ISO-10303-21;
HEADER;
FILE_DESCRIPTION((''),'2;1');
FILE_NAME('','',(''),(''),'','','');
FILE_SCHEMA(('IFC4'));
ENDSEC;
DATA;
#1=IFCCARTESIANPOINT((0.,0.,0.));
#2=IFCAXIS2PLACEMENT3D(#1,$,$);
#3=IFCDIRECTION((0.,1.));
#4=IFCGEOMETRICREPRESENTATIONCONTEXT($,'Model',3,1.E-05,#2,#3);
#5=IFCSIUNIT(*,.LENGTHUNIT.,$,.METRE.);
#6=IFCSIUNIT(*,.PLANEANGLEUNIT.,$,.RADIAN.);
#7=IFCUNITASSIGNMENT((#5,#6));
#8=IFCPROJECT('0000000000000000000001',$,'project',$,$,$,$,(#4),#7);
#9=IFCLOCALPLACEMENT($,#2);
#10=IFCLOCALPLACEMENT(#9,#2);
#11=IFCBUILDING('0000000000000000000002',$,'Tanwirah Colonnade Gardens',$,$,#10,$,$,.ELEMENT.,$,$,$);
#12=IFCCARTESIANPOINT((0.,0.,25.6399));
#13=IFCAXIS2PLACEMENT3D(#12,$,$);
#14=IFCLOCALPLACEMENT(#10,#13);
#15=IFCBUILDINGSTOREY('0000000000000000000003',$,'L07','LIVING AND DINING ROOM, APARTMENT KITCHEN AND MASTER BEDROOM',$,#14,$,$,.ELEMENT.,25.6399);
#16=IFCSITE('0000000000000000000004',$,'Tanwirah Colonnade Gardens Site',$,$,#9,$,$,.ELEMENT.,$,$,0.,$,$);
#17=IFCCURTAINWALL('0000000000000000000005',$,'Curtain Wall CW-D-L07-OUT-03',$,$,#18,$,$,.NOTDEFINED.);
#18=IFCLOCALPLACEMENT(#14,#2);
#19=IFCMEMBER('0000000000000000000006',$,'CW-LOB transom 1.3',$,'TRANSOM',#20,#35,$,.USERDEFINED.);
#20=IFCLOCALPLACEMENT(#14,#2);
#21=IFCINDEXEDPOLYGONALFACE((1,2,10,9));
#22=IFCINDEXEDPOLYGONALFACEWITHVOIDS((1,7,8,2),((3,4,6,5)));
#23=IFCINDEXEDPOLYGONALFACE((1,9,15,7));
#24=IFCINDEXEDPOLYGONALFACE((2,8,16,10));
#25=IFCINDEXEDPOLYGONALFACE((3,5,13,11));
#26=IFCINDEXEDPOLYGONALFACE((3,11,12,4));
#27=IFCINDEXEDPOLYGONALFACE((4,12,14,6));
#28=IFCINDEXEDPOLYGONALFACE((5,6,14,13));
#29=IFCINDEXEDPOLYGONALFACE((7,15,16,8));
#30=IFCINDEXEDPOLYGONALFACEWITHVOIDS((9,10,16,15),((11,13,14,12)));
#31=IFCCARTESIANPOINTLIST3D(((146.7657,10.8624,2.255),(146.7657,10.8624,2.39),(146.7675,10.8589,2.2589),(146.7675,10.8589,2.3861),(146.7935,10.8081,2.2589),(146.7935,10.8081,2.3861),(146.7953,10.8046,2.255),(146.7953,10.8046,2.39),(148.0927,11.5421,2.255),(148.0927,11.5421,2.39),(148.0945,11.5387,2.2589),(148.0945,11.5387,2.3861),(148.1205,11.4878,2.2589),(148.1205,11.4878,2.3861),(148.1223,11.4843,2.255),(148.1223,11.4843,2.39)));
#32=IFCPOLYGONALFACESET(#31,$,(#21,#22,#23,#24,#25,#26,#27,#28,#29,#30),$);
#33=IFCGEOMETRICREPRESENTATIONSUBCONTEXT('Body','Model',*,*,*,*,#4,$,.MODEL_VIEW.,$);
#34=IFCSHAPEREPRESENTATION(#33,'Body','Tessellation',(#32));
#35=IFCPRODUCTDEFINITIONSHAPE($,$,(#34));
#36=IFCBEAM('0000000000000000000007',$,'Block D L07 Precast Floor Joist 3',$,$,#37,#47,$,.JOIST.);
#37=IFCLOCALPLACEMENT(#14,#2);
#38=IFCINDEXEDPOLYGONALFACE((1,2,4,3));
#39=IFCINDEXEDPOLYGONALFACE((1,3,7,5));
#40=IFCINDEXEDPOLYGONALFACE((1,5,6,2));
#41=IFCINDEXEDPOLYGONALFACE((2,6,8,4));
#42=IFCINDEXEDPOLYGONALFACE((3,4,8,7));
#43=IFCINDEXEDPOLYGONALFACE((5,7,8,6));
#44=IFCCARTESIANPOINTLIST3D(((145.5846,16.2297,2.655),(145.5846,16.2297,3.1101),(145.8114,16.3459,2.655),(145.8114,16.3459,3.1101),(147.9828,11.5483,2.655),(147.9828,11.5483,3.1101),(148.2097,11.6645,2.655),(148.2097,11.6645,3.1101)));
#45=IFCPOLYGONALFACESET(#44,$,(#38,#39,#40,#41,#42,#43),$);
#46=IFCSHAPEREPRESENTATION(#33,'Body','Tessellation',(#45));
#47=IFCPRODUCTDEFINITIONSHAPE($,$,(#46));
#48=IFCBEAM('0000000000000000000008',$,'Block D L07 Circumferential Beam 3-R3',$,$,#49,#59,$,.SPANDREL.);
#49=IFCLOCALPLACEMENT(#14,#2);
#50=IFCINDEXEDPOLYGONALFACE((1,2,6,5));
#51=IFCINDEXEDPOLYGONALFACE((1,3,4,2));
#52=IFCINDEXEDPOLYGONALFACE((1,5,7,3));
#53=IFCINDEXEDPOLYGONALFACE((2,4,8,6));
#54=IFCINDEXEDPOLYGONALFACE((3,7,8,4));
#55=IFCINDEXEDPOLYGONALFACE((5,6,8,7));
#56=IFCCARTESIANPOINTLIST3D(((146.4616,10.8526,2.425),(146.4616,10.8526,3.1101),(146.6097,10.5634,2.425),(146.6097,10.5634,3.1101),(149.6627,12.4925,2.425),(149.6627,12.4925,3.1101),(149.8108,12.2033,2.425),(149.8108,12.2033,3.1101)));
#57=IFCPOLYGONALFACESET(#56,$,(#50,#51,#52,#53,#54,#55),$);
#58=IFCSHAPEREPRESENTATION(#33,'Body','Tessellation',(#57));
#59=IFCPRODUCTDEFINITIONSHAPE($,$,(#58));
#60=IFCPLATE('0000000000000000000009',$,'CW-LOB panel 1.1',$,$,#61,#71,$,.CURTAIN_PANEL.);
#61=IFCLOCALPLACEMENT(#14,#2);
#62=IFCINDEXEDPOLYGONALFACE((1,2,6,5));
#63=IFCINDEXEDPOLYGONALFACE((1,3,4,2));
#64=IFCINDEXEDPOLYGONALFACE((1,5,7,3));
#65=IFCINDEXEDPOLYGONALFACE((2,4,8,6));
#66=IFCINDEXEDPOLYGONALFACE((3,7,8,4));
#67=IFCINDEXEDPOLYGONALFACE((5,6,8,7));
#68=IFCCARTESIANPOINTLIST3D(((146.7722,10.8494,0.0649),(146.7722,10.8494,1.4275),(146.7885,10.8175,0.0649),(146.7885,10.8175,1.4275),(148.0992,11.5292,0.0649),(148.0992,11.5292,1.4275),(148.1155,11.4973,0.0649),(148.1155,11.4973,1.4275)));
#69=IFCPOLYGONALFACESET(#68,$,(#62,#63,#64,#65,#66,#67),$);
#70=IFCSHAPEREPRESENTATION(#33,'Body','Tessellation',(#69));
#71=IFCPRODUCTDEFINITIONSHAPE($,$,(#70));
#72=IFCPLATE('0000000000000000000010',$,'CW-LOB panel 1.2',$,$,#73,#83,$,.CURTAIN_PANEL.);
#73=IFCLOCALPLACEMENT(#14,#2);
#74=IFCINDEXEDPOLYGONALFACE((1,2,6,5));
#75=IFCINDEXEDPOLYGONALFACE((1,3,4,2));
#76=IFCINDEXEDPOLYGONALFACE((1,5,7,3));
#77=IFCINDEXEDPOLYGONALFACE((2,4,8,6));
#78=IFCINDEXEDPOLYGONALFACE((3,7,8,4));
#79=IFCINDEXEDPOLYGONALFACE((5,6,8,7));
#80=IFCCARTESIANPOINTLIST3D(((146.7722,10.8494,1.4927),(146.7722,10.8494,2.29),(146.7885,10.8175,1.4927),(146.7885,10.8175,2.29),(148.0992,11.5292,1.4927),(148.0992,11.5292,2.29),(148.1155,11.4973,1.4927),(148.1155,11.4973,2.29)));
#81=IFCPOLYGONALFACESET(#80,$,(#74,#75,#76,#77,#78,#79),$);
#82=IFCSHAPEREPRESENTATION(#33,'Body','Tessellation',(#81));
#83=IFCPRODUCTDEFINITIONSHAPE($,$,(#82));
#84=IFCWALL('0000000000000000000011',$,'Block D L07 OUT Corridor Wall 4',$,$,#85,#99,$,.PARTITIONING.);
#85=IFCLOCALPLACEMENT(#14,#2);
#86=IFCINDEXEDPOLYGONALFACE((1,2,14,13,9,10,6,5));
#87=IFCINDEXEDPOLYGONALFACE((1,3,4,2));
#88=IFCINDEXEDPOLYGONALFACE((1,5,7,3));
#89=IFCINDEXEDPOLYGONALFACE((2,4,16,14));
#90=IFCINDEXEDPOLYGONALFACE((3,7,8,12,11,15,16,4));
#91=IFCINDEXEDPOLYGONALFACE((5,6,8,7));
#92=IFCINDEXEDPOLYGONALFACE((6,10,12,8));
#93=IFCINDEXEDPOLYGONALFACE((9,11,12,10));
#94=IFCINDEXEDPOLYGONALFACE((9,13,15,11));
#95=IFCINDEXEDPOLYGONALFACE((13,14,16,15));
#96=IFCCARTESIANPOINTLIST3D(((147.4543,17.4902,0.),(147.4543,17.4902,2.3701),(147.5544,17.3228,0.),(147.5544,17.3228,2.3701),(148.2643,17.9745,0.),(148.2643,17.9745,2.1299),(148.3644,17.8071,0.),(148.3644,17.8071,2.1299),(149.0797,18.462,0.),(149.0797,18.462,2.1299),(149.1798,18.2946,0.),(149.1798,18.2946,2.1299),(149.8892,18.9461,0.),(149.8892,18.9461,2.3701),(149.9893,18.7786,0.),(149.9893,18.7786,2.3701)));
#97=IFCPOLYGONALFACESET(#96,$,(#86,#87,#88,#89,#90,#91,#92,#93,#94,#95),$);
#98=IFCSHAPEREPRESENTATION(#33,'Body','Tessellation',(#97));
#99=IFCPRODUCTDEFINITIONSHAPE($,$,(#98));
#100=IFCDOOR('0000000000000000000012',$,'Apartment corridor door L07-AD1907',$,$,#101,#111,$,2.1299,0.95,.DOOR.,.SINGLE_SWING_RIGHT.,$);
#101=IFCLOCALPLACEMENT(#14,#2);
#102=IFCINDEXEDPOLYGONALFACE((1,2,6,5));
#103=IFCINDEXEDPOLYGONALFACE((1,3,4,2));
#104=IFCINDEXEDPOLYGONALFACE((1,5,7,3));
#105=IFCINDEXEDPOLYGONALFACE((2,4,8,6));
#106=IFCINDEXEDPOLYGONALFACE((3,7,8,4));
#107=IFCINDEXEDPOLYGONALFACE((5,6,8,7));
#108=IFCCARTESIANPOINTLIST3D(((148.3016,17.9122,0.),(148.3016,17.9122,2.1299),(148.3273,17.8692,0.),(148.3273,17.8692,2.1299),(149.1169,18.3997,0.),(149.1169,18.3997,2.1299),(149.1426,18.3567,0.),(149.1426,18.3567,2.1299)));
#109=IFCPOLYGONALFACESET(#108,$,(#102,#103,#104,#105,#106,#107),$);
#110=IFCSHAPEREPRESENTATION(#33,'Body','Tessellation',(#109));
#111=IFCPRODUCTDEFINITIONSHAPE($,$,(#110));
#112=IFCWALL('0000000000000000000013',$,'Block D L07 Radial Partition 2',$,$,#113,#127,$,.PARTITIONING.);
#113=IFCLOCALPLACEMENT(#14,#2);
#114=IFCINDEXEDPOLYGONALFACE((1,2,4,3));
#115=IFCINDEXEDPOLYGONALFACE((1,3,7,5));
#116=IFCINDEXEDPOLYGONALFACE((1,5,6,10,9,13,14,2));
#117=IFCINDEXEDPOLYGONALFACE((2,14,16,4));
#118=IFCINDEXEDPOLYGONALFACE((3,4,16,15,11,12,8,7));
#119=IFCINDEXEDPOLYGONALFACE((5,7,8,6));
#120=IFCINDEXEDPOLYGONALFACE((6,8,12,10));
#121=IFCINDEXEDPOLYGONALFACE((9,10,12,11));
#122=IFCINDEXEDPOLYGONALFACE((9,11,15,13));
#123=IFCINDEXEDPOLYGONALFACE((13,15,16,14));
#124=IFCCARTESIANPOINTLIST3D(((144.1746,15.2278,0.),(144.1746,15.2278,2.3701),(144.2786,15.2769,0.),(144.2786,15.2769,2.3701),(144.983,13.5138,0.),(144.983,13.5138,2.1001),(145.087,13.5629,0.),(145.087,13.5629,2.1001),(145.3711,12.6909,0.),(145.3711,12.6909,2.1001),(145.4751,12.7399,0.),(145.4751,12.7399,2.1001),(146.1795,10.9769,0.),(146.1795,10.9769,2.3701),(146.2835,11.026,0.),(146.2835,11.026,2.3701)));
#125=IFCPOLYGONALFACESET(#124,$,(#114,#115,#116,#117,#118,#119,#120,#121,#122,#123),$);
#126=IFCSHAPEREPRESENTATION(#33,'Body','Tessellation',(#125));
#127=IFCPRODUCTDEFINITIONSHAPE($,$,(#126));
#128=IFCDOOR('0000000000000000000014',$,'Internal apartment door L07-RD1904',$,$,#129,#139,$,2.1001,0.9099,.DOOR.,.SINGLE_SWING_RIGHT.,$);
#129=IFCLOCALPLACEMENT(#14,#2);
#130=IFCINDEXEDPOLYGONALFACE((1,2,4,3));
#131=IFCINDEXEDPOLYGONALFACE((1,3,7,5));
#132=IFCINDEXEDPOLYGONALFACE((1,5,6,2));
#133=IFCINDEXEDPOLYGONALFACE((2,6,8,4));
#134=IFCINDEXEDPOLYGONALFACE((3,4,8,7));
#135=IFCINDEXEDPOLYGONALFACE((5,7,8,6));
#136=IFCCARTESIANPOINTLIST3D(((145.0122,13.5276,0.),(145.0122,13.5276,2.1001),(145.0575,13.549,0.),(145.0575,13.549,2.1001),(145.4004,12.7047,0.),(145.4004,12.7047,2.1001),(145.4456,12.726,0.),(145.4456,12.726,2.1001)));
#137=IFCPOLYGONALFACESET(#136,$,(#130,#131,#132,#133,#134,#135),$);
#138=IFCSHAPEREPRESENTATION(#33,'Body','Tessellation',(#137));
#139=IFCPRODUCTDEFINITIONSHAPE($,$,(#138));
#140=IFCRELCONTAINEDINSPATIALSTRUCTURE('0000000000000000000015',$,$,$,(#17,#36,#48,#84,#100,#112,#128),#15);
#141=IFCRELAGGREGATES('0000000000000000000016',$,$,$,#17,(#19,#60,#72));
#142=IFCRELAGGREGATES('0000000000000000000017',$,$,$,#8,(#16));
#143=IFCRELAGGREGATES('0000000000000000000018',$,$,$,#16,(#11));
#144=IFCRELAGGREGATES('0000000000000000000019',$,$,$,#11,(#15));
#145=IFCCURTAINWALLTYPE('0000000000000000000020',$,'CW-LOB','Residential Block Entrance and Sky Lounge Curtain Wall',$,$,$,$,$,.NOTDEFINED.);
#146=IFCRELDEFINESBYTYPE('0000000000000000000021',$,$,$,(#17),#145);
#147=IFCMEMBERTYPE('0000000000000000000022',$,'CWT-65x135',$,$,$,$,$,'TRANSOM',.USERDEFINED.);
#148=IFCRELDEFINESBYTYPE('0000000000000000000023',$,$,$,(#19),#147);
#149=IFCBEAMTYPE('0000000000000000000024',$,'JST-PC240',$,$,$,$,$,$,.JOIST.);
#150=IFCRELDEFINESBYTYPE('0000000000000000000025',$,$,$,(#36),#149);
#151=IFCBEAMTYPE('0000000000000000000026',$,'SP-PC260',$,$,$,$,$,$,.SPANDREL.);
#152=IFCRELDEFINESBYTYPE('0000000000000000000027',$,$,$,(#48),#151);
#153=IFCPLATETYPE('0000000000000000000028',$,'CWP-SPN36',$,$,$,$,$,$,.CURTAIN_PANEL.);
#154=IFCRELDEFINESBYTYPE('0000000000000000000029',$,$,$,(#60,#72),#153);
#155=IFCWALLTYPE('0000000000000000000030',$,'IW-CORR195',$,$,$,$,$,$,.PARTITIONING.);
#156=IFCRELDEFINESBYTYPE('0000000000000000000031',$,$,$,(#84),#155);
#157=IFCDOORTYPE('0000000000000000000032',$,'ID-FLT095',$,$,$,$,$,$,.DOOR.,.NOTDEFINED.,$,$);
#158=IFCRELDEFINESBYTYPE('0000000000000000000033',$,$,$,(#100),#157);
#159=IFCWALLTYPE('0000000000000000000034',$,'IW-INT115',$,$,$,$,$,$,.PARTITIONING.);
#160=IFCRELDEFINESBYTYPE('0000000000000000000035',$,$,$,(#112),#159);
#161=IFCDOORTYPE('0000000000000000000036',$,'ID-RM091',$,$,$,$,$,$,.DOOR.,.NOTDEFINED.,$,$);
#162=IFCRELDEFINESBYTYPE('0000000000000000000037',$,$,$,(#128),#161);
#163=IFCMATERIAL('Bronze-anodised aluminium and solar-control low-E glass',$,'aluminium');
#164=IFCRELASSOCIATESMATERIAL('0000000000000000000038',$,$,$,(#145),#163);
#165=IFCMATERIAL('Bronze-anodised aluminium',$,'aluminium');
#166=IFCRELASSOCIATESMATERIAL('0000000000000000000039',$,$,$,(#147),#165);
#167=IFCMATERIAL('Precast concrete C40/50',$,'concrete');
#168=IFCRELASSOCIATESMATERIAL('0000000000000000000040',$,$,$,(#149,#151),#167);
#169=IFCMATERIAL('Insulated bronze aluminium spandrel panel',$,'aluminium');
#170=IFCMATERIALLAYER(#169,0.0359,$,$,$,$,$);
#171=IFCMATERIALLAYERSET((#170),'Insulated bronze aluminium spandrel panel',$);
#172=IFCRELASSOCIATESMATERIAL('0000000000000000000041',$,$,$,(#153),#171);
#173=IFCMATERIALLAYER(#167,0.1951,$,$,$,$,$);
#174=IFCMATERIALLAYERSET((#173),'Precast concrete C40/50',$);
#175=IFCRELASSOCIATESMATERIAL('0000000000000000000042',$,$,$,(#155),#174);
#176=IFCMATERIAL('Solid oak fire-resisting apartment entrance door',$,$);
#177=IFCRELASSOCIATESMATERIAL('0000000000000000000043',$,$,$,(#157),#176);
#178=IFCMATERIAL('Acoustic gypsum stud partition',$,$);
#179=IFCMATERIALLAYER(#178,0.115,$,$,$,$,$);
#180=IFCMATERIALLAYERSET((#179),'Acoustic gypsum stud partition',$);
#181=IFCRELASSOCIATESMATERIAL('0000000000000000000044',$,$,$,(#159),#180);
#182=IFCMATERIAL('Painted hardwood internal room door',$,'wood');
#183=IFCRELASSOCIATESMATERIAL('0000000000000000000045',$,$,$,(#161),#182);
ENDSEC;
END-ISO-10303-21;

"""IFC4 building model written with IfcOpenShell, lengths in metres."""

from ifc_helpers import new_model, si_unit, direction, frame, frame_2d, origin, origin_2d, place, context, subcontext, project, spatial, rectangle, hollow_rectangle, extrude, material, layer, layer_set, material_profile, profile_set, type_object, element, fill, aggregate, save


model = new_model("IFC4")

# Units and contexts
model_context = context("Model", 3, precision=1e-05, world=origin(), true_north=direction((0.0, 1.0)))
body_context = subcontext(model_context, "Body", "Model", "MODEL_VIEW")
ifc_project = project(units=[si_unit("LENGTHUNIT", "METRE"), si_unit("PLANEANGLEUNIT", "RADIAN")], contexts=[model_context])

# Site, building, storey
site_placement = place(None, origin())
site = spatial("IfcSite", under=ifc_project, at=site_placement, Name="Tanwirah Colonnade Gardens Site", CompositionType="ELEMENT", RefElevation=0.0)
building_placement = place(site_placement, origin())
building = spatial("IfcBuilding", under=site, at=building_placement, Name="Tanwirah Colonnade Gardens", CompositionType="ELEMENT")
storey_placement = place(building_placement, frame((0.0, 0.0, 25.6399)))
storey = spatial("IfcBuildingStorey", under=building, at=storey_placement, Name="L07", Description="LIVING AND DINING ROOM, APARTMENT KITCHEN AND MASTER BEDROOM", CompositionType="ELEMENT", Elevation=25.6399)

# Shared definitions
ifc_material_1 = material(Name="Precast concrete C40/50", Category="concrete")

# Curtain wall, member
ifc_material_2 = material(Name="Bronze-anodised aluminium and solar-control low-E glass", Category="aluminium")
curtain_wall_type = type_object("IfcCurtainWallType", Name="CW-LOB", Description="Residential Block Entrance and Sky Lounge Curtain Wall", PredefinedType="NOTDEFINED", material=ifc_material_2)
curtain_wall_placement = place(storey_placement, origin())
curtain_wall = element("IfcCurtainWall", 1, at=curtain_wall_placement, inside=storey, type_object=curtain_wall_type, Name="Curtain Wall CW-D-L07-OUT-03", PredefinedType="NOTDEFINED")
ifc_material_3 = material(Name="Bronze-anodised aluminium", Category="aluminium")
ifc_material_profile_1 = material_profile(ifc_material_3, hollow_rectangle(XDim=0.0649, YDim=0.135, WallThickness=0.0039, at=origin_2d()), Name="CW-TRN 65x135x4")
ifc_profile_set_1 = profile_set([ifc_material_profile_1], Name="Bronze-anodised aluminium")
member_type_1 = type_object("IfcMemberType", Name="CWT-65x135", ElementType="TRANSOM", PredefinedType="USERDEFINED", material=ifc_profile_set_1)
member_1_placement = place(storey_placement, frame((146.7805, 10.8335, 2.3225), z_axis=(0.890029, 0.455904, 0.0), x_axis=(-0.455904, 0.890029, 0.0)))
member_1 = element("IfcMember", 2, at=member_1_placement, type_object=member_type_1, Name="CW-LOB transom 1.3", ObjectType="TRANSOM", PredefinedType="USERDEFINED", context=body_context, shape_type="SweptSolid", body=[
    extrude(hollow_rectangle(XDim=0.0649, YDim=0.135, WallThickness=0.0039, at=origin_2d()), origin(), (0.0, 0.0, 1.0), 1.491),
])

# Beams
ifc_material_profile_2 = material_profile(ifc_material_1, rectangle(XDim=0.2549, YDim=0.4551, at=origin_2d()), Name="PC-JST 255x455")
ifc_profile_set_2 = profile_set([ifc_material_profile_2], Name="Precast concrete C40/50")
beam_type_1 = type_object("IfcBeamType", Name="JST-PC240", PredefinedType="JOIST", material=ifc_profile_set_2)
beam_1_placement = place(storey_placement, frame((145.698, 16.2878, 2.8826), z_axis=(0.455937, -0.890012, 0.0), x_axis=(0.890012, 0.455937, 0.0)))
element("IfcBeam", 3, at=beam_1_placement, inside=storey, type_object=beam_type_1, Name="Block D L07 Precast Floor Joist 3", PredefinedType="JOIST", context=body_context, shape_type="SweptSolid", body=[
    extrude(rectangle(XDim=0.2549, YDim=0.4551, at=origin_2d()), origin(), (0.0, 0.0, 1.0), 5.26),
])
ifc_material_profile_3 = material_profile(ifc_material_1, rectangle(XDim=0.325, YDim=0.6851, at=origin_2d()), Name="PC-SP 325x685")
ifc_profile_set_3 = profile_set([ifc_material_profile_3], Name="Precast concrete C40/50")
beam_type_2 = type_object("IfcBeamType", Name="SP-PC260", PredefinedType="SPANDREL", material=ifc_profile_set_3)
beam_2_placement = place(storey_placement, frame((146.5356, 10.708, 2.7676), z_axis=(0.890013, 0.455935, 0.0), x_axis=(-0.455935, 0.890013, 0.0)))
element("IfcBeam", 4, at=beam_2_placement, inside=storey, type_object=beam_type_2, Name="Block D L07 Circumferential Beam 3-R3", PredefinedType="SPANDREL", context=body_context, shape_type="SweptSolid", body=[
    extrude(rectangle(XDim=0.325, YDim=0.6851, at=origin_2d()), origin(), (0.0, 0.0, 1.0), 3.5967),
])

# Plates
ifc_material_4 = material(Name="Insulated bronze aluminium spandrel panel", Category="aluminium")
ifc_layer_1 = layer(ifc_material_4, 0.0359)
ifc_layer_set_1 = layer_set([ifc_layer_1], Name="Insulated bronze aluminium spandrel panel")
plate_type = type_object("IfcPlateType", Name="CWP-SPN36", PredefinedType="CURTAIN_PANEL", material=ifc_layer_set_1)
plate_1_placement = place(storey_placement, frame((147.4438, 11.1733, 0.0649), z_axis=(0.0, 0.0, 1.0), x_axis=(0.890014, 0.455933, 0.0)))
plate_1 = element("IfcPlate", 5, at=plate_1_placement, type_object=plate_type, Name="CW-LOB panel 1.1", PredefinedType="CURTAIN_PANEL", context=body_context, shape_type="SweptSolid", body=[
    extrude(rectangle(XDim=1.491, YDim=0.0359, at=origin_2d()), origin(), (0.0, 0.0, 1.0), 1.3625),
])
plate_2_placement = place(storey_placement, frame((147.4438, 11.1733, 1.4927), z_axis=(0.0, 0.0, 1.0), x_axis=(0.890014, 0.455933, 0.0)))
plate_2 = element("IfcPlate", 6, at=plate_2_placement, type_object=plate_type, Name="CW-LOB panel 1.2", PredefinedType="CURTAIN_PANEL", context=body_context, shape_type="SweptSolid", body=[
    extrude(rectangle(XDim=1.491, YDim=0.0359, at=origin_2d()), origin(), (0.0, 0.0, 1.0), 0.7974),
])
aggregate(curtain_wall, [member_1, plate_1, plate_2])

# Walls, openings, doors
ifc_layer_2 = layer(ifc_material_1, 0.1951)
ifc_layer_set_2 = layer_set([ifc_layer_2], Name="Precast concrete C40/50")
wall_type_1 = type_object("IfcWallType", Name="IW-CORR195", PredefinedType="PARTITIONING", material=ifc_layer_set_2)
ifc_material_5 = material(Name="Solid oak fire-resisting apartment entrance door")
wall_1_placement = place(storey_placement, frame((147.5044, 17.4065, 0.0), z_axis=(0.0, 0.0, 1.0), x_axis=(0.858282, 0.513179, 0.0)))
wall_1 = element("IfcWall", 7, at=wall_1_placement, inside=storey, type_object=wall_type_1, Name="Block D L07 OUT Corridor Wall 4", PredefinedType="PARTITIONING", context=body_context, shape_type="SweptSolid", body=[
    extrude(rectangle(XDim=2.8369, YDim=0.1951, at=frame_2d((1.4185, 0.0))), origin(), (0.0, 0.0, 1.0), 2.3701),
])
opening_1_placement = place(wall_1_placement, frame((0.9436, 0.0, 0.0)))
opening_1 = element("IfcOpeningElement", 8, at=opening_1_placement, cuts=wall_1, PredefinedType="OPENING", context=body_context, shape_type="SweptSolid", body=[
    extrude(rectangle(XDim=0.95, YDim=2.1299, at=frame_2d((0.4751, 1.0649))), frame((0.0, 0.1074, 0.0), z_axis=(0.0, -1.0, 0.0), x_axis=(1.0, 0.0, 0.0)), (0.0, 0.0, 1.0), 0.2151),
])
door_type_1 = type_object("IfcDoorType", Name="ID-FLT095", OperationType="NOTDEFINED", PredefinedType="DOOR", material=ifc_material_5)
door_1_placement = place(opening_1_placement, origin())
door_1 = element("IfcDoor", 9, at=door_1_placement, inside=storey, type_object=door_type_1, Name="Apartment corridor door L07-AD1907", OperationType="SINGLE_SWING_RIGHT", OverallHeight=2.1299, OverallWidth=0.95, PredefinedType="DOOR", context=body_context, shape_type="SweptSolid", body=[
    extrude(rectangle(XDim=0.95, YDim=2.1299, at=frame_2d((0.4751, 1.0649))), frame((0.0, 0.0249, 0.0), z_axis=(0.0, -1.0, 0.0), x_axis=(1.0, 0.0, 0.0)), (0.0, 0.0, 1.0), 0.05),
])
fill(opening_1, door_1)
ifc_material_6 = material(Name="Acoustic gypsum stud partition")
ifc_layer_3 = layer(ifc_material_6, 0.115)
ifc_layer_set_3 = layer_set([ifc_layer_3], Name="Acoustic gypsum stud partition")
wall_type_2 = type_object("IfcWallType", Name="IW-INT115", PredefinedType="PARTITIONING", material=ifc_layer_set_3)
wall_2_placement = place(storey_placement, frame((144.2266, 15.2524, 0.0), z_axis=(0.0, 0.0, 1.0), x_axis=(0.426567, -0.904456, 0.0)))
wall_2 = element("IfcWall", 10, at=wall_2_placement, inside=storey, type_object=wall_type_2, Name="Block D L07 Radial Partition 2", PredefinedType="PARTITIONING", context=body_context, shape_type="SweptSolid", body=[
    extrude(rectangle(XDim=4.7, YDim=0.115, at=frame_2d((2.3501, 0.0))), origin(), (0.0, 0.0, 1.0), 2.3701),
])
opening_2_placement = place(wall_2_placement, frame((1.895, 0.0, 0.0)))
opening_2 = element("IfcOpeningElement", 11, at=opening_2_placement, cuts=wall_2, PredefinedType="OPENING", context=body_context, shape_type="SweptSolid", body=[
    extrude(rectangle(XDim=0.9099, YDim=2.1001, at=frame_2d((0.4551, 1.05))), frame((0.0, 0.0674, 0.0), z_axis=(0.0, -1.0, 0.0), x_axis=(1.0, 0.0, 0.0)), (0.0, 0.0, 1.0), 0.135),
])
ifc_material_7 = material(Name="Painted hardwood internal room door", Category="wood")
door_type_2 = type_object("IfcDoorType", Name="ID-RM091", OperationType="NOTDEFINED", PredefinedType="DOOR", material=ifc_material_7)
door_2_placement = place(opening_2_placement, origin())
door_2 = element("IfcDoor", 12, at=door_2_placement, inside=storey, type_object=door_type_2, Name="Internal apartment door L07-RD1904", OperationType="SINGLE_SWING_RIGHT", OverallHeight=2.1001, OverallWidth=0.9099, PredefinedType="DOOR", context=body_context, shape_type="SweptSolid", body=[
    extrude(rectangle(XDim=0.9099, YDim=2.1001, at=frame_2d((0.4551, 1.05))), frame((0.0, 0.0249, 0.0), z_axis=(0.0, -1.0, 0.0), x_axis=(1.0, 0.0, 0.0)), (0.0, 0.0, 1.0), 0.05),
])
fill(opening_2, door_2)

save(model, "model.ifc")
